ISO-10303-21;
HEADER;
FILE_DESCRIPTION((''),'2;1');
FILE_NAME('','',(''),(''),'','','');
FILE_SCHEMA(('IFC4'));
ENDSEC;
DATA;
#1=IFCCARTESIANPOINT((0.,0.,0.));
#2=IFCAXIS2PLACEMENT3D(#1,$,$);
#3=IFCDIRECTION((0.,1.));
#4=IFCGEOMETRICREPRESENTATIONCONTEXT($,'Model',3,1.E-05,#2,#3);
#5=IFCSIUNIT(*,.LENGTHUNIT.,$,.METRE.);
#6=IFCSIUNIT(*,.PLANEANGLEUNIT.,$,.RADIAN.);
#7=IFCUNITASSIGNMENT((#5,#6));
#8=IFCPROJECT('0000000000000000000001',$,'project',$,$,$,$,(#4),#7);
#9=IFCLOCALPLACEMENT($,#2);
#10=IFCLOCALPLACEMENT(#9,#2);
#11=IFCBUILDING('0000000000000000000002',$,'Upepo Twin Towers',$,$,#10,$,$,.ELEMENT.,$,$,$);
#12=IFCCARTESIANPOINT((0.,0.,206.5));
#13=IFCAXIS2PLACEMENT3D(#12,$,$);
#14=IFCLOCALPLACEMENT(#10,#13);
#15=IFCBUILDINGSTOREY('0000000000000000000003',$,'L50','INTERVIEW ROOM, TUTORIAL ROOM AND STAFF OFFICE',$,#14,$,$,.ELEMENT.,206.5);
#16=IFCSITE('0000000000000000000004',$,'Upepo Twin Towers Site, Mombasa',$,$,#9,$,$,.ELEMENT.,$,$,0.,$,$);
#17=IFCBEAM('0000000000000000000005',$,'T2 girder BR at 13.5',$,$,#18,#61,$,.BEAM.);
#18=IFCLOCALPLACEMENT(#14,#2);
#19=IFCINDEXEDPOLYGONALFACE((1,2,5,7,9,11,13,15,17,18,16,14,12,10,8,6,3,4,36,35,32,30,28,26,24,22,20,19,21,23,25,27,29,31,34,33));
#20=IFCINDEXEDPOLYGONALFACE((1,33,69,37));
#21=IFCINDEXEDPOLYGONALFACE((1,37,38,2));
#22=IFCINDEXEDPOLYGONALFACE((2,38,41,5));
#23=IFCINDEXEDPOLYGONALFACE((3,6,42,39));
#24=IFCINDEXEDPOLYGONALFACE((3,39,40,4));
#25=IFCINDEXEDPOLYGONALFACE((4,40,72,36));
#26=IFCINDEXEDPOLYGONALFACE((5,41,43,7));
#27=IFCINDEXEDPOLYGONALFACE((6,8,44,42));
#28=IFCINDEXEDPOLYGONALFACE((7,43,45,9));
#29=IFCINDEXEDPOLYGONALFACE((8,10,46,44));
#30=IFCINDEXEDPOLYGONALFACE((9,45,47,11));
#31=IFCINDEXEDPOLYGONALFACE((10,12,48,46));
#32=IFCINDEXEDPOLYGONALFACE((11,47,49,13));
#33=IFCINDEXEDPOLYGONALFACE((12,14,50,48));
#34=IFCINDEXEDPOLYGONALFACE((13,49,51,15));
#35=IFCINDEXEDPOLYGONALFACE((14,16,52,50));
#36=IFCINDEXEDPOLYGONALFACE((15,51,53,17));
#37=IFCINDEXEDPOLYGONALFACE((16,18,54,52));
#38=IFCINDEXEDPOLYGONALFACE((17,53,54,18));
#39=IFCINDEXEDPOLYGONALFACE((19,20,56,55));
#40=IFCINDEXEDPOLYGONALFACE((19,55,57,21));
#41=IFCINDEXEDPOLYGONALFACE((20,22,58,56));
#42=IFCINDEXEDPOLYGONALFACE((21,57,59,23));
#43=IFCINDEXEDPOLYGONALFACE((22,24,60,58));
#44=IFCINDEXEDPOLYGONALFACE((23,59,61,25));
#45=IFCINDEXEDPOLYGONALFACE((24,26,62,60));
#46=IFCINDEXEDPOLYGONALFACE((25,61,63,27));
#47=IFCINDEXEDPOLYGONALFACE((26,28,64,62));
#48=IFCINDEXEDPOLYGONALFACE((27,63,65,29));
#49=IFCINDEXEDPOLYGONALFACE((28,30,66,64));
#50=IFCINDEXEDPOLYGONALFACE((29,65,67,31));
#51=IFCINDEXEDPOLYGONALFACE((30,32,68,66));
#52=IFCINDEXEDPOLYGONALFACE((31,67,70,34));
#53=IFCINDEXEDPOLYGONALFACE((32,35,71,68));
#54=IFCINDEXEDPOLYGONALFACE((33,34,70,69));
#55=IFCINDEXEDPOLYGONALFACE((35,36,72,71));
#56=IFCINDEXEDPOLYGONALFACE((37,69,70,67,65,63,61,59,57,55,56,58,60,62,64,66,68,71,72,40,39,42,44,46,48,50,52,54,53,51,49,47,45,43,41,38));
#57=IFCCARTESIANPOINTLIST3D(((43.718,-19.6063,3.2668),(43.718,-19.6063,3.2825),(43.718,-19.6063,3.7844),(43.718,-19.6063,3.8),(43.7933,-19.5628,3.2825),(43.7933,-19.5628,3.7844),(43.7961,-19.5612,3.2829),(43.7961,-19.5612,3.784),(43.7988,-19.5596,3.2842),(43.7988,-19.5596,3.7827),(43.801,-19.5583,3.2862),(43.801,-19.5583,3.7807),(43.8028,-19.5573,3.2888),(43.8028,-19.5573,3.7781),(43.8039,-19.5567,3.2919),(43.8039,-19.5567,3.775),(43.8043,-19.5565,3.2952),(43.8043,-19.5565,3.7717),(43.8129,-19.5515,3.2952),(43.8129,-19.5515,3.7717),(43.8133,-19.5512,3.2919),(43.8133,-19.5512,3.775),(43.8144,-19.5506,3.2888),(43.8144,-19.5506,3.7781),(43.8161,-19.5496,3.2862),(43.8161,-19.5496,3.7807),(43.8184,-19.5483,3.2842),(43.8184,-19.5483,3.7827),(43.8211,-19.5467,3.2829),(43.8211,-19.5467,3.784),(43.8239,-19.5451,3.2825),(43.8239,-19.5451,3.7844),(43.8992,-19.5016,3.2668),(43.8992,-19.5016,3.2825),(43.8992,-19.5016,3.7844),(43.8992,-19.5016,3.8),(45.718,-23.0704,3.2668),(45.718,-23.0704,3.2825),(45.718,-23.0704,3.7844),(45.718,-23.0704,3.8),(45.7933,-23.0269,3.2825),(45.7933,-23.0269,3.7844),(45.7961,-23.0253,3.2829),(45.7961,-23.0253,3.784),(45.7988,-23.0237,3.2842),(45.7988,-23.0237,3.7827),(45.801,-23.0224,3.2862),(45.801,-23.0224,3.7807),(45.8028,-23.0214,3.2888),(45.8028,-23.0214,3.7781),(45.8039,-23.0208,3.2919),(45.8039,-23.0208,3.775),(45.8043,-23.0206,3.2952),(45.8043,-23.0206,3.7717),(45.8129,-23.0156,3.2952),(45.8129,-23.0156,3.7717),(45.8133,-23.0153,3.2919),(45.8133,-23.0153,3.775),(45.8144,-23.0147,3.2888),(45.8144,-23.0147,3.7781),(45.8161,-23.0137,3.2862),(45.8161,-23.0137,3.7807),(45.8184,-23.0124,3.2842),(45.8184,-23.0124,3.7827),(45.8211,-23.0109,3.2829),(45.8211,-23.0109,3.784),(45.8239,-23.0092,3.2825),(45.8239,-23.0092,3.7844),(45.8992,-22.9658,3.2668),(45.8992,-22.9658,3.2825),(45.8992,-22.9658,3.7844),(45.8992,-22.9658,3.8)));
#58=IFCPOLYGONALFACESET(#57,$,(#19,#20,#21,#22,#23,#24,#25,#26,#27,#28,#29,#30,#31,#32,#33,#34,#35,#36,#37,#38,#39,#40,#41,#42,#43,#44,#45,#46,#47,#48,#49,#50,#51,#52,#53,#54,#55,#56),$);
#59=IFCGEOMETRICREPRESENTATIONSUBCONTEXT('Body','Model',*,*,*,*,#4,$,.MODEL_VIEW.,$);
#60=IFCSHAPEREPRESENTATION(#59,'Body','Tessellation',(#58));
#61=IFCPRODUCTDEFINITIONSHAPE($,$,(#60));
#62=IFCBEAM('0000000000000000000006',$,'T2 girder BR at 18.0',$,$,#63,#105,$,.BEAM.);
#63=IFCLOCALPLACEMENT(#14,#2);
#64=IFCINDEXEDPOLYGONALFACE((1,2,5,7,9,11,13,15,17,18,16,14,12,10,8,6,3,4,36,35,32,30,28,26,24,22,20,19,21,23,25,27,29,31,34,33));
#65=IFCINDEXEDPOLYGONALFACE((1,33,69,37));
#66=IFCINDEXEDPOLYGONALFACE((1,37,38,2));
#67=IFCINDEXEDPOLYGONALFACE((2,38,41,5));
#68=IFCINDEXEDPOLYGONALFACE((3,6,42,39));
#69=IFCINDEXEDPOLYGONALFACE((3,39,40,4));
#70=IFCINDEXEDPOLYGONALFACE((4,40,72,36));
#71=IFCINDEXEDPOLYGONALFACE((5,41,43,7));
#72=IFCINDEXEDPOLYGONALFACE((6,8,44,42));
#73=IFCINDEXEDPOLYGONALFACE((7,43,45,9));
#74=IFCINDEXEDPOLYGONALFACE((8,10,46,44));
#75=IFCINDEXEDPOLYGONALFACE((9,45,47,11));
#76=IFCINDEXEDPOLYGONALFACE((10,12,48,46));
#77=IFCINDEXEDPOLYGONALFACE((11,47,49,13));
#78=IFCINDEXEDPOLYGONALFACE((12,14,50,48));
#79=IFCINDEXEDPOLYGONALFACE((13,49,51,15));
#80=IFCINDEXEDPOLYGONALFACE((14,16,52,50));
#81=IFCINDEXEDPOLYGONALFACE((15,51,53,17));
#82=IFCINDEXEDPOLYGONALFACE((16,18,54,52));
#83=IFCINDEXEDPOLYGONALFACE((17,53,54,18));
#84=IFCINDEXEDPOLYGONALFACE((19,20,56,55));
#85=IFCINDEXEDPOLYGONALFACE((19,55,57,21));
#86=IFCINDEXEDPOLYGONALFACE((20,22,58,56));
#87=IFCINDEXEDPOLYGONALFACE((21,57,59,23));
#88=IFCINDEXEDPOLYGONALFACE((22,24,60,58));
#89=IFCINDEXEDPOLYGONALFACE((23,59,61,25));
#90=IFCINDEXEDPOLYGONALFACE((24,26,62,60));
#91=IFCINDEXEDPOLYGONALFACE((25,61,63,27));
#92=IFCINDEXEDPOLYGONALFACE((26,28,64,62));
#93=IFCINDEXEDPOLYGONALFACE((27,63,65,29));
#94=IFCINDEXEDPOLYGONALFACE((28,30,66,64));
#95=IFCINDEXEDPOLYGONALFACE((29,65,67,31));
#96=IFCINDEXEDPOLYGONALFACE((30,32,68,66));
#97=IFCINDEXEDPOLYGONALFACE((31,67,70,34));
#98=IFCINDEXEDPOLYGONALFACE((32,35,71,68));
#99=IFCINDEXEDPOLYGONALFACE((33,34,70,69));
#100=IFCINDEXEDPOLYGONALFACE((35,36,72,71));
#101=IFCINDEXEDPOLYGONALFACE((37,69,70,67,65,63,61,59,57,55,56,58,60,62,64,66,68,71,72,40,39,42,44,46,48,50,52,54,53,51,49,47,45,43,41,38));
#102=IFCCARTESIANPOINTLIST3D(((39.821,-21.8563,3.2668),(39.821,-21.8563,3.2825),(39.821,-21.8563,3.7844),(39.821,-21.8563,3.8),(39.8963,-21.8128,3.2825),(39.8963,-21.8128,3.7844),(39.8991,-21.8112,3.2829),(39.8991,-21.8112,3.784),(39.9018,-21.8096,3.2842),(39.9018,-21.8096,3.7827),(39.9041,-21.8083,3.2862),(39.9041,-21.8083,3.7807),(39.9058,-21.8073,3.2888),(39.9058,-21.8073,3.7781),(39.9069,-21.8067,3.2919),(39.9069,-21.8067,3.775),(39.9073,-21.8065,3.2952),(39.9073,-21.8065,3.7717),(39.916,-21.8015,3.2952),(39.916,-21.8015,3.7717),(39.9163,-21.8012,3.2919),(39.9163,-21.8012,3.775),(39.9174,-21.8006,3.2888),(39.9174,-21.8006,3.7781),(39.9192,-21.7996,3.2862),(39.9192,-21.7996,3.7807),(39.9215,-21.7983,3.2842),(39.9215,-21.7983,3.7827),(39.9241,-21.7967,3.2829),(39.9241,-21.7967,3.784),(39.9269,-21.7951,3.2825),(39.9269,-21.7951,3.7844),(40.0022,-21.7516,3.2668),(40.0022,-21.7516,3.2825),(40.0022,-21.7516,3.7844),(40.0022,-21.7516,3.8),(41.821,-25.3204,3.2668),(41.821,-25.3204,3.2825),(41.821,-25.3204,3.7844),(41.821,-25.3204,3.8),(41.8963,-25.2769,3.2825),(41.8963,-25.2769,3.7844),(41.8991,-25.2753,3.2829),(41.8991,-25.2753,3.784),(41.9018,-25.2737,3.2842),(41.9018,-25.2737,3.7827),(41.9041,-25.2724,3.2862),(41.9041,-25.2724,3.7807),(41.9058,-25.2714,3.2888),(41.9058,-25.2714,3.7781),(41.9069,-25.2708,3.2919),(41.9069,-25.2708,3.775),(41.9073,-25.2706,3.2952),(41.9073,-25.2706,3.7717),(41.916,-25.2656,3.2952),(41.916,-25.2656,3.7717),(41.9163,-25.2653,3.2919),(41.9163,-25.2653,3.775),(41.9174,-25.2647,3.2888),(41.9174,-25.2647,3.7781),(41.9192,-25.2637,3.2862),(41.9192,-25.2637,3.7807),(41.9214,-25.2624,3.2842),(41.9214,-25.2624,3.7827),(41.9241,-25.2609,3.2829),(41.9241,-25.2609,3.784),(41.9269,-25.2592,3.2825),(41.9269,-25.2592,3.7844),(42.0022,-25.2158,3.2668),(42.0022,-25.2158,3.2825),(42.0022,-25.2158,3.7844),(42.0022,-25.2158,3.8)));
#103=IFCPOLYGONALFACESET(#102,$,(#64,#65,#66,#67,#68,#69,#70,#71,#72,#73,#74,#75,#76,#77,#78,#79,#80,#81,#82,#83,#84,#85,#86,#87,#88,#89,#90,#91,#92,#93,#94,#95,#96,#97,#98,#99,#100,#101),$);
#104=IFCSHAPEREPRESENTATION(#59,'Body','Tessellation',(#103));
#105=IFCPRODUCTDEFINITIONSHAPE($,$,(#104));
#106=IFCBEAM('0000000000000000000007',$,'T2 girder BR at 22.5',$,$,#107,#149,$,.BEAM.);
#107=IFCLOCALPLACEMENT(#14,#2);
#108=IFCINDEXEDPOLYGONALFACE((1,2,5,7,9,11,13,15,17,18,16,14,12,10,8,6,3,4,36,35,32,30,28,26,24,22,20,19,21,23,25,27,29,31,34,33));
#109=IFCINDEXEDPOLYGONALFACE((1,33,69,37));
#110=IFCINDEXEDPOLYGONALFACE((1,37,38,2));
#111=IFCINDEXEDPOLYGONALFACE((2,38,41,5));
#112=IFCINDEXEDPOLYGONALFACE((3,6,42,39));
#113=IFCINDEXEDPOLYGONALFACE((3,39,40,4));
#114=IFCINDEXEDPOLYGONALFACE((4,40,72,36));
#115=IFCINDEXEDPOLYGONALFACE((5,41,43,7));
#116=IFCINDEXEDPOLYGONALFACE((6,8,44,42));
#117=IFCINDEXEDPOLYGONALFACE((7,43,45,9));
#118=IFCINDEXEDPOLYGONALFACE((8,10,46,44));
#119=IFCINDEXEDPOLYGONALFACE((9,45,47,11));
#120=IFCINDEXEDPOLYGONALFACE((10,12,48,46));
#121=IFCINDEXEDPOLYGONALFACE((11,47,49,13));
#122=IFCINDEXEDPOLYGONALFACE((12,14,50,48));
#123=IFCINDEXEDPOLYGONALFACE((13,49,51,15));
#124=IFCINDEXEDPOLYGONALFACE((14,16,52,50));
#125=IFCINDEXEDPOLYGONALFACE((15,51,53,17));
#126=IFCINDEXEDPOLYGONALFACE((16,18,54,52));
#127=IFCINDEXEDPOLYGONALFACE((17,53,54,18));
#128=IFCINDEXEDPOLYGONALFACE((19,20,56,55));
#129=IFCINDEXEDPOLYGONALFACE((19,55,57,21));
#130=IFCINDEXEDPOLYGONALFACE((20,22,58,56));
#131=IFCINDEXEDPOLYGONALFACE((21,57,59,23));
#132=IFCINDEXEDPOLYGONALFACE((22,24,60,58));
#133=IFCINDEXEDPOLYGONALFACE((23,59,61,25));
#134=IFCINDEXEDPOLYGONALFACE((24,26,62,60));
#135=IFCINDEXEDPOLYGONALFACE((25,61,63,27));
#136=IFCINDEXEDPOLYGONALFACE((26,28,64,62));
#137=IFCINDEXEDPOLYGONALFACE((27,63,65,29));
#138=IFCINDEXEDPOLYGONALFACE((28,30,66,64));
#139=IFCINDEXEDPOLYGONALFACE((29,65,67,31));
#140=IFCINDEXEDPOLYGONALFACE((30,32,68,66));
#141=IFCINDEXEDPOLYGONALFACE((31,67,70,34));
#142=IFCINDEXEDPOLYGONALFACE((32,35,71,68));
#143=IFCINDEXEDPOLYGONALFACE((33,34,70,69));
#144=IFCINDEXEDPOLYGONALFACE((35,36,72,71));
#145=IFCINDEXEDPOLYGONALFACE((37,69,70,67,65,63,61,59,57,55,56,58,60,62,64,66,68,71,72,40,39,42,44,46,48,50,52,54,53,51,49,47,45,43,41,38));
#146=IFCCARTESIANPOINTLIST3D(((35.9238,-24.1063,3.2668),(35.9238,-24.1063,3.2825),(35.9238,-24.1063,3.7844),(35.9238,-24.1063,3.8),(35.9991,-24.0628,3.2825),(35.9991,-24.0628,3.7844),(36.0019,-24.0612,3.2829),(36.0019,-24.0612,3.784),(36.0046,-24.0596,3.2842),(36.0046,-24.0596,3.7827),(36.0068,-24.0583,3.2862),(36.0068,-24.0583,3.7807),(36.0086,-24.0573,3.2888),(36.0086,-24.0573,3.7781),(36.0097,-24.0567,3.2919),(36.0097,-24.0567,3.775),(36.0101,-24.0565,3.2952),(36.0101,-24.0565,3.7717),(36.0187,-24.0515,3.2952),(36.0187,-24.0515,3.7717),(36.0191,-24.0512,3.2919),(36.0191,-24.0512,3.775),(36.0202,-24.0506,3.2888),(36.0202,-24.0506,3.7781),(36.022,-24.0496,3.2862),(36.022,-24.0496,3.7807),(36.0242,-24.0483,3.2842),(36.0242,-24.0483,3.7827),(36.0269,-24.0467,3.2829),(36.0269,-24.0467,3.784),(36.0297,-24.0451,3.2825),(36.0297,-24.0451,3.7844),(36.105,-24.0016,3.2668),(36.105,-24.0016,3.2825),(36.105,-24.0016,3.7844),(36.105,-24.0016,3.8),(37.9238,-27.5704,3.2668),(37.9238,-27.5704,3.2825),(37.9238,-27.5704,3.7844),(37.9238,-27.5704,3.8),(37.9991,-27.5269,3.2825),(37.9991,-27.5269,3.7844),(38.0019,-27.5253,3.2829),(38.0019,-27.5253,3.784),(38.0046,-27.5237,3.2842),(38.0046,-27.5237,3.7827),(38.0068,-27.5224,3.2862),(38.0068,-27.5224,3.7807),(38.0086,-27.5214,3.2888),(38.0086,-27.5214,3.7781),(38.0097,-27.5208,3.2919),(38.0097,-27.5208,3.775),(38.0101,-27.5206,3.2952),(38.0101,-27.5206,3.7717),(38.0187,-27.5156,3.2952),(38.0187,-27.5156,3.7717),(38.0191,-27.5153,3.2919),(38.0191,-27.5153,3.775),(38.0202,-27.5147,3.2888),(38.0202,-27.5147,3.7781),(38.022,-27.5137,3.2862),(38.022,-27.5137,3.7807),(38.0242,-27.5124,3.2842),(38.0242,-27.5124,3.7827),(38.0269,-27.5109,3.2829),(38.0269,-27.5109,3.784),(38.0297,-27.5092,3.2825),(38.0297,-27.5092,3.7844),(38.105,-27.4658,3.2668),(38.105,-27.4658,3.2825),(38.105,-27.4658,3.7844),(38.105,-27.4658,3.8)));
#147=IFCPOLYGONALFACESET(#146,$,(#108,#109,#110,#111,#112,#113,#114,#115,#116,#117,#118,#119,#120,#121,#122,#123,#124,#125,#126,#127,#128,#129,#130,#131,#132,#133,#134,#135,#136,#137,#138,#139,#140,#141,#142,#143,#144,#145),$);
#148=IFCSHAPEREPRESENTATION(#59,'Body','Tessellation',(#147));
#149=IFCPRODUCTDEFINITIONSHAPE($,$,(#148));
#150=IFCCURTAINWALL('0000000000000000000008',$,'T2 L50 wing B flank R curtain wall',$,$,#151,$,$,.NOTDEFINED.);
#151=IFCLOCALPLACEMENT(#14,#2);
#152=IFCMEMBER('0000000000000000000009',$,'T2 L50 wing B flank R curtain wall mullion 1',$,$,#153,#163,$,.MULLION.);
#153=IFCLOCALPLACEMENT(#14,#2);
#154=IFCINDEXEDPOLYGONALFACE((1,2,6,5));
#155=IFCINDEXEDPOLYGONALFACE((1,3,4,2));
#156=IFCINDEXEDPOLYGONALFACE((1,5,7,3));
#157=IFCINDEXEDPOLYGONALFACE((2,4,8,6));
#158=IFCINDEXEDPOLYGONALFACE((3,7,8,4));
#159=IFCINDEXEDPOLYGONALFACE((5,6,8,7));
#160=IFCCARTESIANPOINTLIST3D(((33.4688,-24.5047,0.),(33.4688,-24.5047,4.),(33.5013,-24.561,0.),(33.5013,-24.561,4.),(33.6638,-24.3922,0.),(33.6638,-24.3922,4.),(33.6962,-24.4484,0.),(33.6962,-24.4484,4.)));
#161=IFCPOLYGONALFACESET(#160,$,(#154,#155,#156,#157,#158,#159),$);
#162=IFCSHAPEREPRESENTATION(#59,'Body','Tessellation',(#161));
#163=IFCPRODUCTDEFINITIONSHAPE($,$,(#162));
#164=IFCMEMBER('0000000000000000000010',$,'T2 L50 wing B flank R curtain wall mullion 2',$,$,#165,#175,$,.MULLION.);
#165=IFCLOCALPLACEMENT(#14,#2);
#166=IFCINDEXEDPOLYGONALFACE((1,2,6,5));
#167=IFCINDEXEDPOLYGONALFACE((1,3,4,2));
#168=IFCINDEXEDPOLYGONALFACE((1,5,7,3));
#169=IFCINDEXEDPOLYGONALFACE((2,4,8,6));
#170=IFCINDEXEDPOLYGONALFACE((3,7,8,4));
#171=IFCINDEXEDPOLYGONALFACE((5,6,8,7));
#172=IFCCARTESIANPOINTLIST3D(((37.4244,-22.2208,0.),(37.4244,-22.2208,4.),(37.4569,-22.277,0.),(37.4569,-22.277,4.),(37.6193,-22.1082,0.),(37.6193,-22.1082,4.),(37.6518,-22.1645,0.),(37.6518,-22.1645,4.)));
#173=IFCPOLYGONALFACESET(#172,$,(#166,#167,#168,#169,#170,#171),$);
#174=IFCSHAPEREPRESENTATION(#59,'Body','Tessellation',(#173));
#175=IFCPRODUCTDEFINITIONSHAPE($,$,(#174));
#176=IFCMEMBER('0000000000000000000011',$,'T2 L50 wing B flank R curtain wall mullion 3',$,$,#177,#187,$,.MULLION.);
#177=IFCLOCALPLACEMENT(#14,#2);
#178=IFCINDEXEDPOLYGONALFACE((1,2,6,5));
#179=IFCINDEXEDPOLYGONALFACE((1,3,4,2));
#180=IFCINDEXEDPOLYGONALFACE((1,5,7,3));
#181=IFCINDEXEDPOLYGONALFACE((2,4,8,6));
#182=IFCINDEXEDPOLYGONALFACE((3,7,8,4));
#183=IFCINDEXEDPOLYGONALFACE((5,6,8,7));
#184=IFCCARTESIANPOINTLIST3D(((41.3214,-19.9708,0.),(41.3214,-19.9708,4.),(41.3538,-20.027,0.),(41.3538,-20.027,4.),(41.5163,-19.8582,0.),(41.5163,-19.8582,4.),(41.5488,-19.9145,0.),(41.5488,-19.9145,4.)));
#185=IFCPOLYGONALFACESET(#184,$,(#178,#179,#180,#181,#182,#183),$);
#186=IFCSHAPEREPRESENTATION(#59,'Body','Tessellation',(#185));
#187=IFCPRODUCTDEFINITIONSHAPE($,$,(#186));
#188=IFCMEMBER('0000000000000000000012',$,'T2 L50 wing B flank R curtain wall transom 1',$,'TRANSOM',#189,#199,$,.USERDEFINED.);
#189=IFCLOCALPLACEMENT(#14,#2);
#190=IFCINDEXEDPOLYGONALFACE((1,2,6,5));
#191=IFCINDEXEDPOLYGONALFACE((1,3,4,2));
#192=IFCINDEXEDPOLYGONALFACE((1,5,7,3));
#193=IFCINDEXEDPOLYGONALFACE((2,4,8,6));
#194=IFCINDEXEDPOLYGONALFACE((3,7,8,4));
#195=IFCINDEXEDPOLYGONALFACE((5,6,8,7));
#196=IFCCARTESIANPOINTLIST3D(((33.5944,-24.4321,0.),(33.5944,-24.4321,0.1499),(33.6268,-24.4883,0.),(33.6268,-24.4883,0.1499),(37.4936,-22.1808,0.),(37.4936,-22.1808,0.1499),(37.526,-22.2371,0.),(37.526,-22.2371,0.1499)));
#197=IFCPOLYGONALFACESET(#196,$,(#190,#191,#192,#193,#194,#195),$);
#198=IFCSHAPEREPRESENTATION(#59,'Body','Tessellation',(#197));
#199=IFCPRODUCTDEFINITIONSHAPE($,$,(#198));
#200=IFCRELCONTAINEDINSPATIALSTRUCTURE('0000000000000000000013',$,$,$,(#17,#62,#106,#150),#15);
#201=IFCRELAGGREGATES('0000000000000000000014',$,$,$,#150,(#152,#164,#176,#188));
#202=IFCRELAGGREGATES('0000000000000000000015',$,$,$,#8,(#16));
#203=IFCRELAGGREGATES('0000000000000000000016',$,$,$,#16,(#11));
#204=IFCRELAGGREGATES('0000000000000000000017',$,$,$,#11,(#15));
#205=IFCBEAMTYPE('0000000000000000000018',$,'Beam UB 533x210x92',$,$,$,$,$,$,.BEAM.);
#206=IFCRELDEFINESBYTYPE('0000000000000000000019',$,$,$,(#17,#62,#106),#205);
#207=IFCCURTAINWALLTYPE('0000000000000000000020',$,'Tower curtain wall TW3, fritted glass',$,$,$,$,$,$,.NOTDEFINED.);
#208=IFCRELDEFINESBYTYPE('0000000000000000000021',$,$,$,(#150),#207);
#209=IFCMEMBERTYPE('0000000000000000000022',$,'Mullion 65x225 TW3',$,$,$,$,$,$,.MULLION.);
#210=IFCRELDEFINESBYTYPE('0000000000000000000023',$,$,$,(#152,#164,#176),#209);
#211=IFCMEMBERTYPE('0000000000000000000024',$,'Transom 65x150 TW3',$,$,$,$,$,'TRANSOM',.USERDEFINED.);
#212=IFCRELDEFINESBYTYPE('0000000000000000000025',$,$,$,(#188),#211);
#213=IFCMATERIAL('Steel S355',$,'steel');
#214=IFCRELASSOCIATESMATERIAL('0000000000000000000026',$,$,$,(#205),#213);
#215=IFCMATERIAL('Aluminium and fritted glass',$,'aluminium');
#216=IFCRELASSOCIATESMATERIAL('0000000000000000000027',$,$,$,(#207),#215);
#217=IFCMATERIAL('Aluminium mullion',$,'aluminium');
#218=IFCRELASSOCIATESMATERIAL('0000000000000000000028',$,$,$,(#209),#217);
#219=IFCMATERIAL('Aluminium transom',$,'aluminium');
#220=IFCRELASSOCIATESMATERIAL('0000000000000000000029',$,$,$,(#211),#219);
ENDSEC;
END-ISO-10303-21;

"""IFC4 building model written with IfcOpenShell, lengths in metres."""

from ifc_helpers import new_model, si_unit, direction, frame, origin, origin_2d, place, context, subcontext, project, spatial, rectangle, i_section, extrude, material, material_profile, profile_set, type_object, element, aggregate, save


model = new_model("IFC4")

# Units and contexts
model_context = context("Model", 3, precision=1e-05, world=origin(), true_north=direction((0.0, 1.0)))
body_context = subcontext(model_context, "Body", "Model", "MODEL_VIEW")
ifc_project = project(units=[si_unit("LENGTHUNIT", "METRE"), si_unit("PLANEANGLEUNIT", "RADIAN")], contexts=[model_context])

# Site, building, storey
site_placement = place(None, origin())
site = spatial("IfcSite", under=ifc_project, at=site_placement, Name="Upepo Twin Towers Site, Mombasa", CompositionType="ELEMENT", RefElevation=0.0)
building_placement = place(site_placement, origin())
building = spatial("IfcBuilding", under=site, at=building_placement, Name="Upepo Twin Towers", CompositionType="ELEMENT")
storey_placement = place(building_placement, frame((0.0, 0.0, 206.5)))
storey = spatial("IfcBuildingStorey", under=building, at=storey_placement, Name="L50", Description="INTERVIEW ROOM, TUTORIAL ROOM AND STAFF OFFICE", CompositionType="ELEMENT", Elevation=206.5)

# Beams
ifc_material_1 = material(Name="Steel S355", Category="steel")
ifc_material_profile_1 = material_profile(ifc_material_1, i_section(OverallWidth=0.2092, OverallDepth=0.5332, WebThickness=0.01, FlangeThickness=0.0156, FilletRadius=0.0127, at=origin_2d()), Name="UB 533x210x92")
ifc_profile_set_1 = profile_set([ifc_material_profile_1], Name="Steel S355")
beam_type_1 = type_object("IfcBeamType", Name="Beam UB 533x210x92", PredefinedType="BEAM", material=ifc_profile_set_1)
for number, where, z_axis, x_axis, name in (
    (1, (43.8086, -19.554, 3.5334), (0.499999, -0.866026, 0.0), (0.866026, 0.499999, 0.0), "T2 girder BR at 13.5"),
    (2, (39.9116, -21.804, 3.5334), (0.499999, -0.866026, 0.0), (0.866026, 0.499999, 0.0), "T2 girder BR at 18.0"),
    (3, (36.0144, -24.054, 3.5334), (0.499999, -0.866026, 0.0), (0.866026, 0.499999, 0.0), "T2 girder BR at 22.5"),
):
    element("IfcBeam", number, at=place(storey_placement, frame(where, z_axis=z_axis, x_axis=x_axis)), inside=storey, type_object=beam_type_1, Name=name, PredefinedType="BEAM", context=body_context, shape_type="SweptSolid", body=[
        extrude(i_section(OverallWidth=0.2092, OverallDepth=0.5332, WebThickness=0.01, FlangeThickness=0.0156, FilletRadius=0.0127, at=origin_2d()), origin(), (0.0, 0.0, 1.0), 4.0),
    ])

# Curtain wall, members
ifc_material_2 = material(Name="Aluminium and fritted glass", Category="aluminium")
curtain_wall_type = type_object("IfcCurtainWallType", Name="Tower curtain wall TW3, fritted glass", PredefinedType="NOTDEFINED", material=ifc_material_2)
curtain_wall_placement = place(storey_placement, origin())
curtain_wall = element("IfcCurtainWall", 4, at=curtain_wall_placement, inside=storey, type_object=curtain_wall_type, Name="T2 L50 wing B flank R curtain wall", PredefinedType="NOTDEFINED")
ifc_material_3 = material(Name="Aluminium mullion", Category="aluminium")
ifc_material_profile_2 = material_profile(ifc_material_3, rectangle(XDim=0.0649, YDim=0.2251, at=origin_2d()), Name="MULLION 65x225")
ifc_profile_set_2 = profile_set([ifc_material_profile_2], Name="Aluminium mullion")
member_type_1 = type_object("IfcMemberType", Name="Mullion 65x225 TW3", PredefinedType="MULLION", material=ifc_profile_set_2)
member_1_placement = place(storey_placement, frame((33.5825, -24.4766, 0.0), z_axis=(0.0, 0.0, 1.0), x_axis=(-0.5, 0.866025, 0.0)))
member_1 = element("IfcMember", 5, at=member_1_placement, type_object=member_type_1, Name="T2 L50 wing B flank R curtain wall mullion 1", PredefinedType="MULLION", context=body_context, shape_type="SweptSolid", body=[
    extrude(rectangle(XDim=0.0649, YDim=0.2251, at=origin_2d()), origin(), (0.0, 0.0, 1.0), 4.0),
])
member_2_placement = place(storey_placement, frame((37.5381, -22.1926, 0.0), z_axis=(0.0, 0.0, 1.0), x_axis=(-0.5, 0.866025, 0.0)))
member_2 = element("IfcMember", 6, at=member_2_placement, type_object=member_type_1, Name="T2 L50 wing B flank R curtain wall mullion 2", PredefinedType="MULLION", context=body_context, shape_type="SweptSolid", body=[
    extrude(rectangle(XDim=0.0649, YDim=0.2251, at=origin_2d()), origin(), (0.0, 0.0, 1.0), 4.0),
])
member_3_placement = place(storey_placement, frame((41.4351, -19.9426, 0.0), z_axis=(0.0, 0.0, 1.0), x_axis=(-0.5, 0.866025, 0.0)))
member_3 = element("IfcMember", 7, at=member_3_placement, type_object=member_type_1, Name="T2 L50 wing B flank R curtain wall mullion 3", PredefinedType="MULLION", context=body_context, shape_type="SweptSolid", body=[
    extrude(rectangle(XDim=0.0649, YDim=0.2251, at=origin_2d()), origin(), (0.0, 0.0, 1.0), 4.0),
])
ifc_material_4 = material(Name="Aluminium transom", Category="aluminium")
ifc_material_profile_3 = material_profile(ifc_material_4, rectangle(XDim=0.0649, YDim=0.1499, at=origin_2d()), Name="TRANSOM 65x150")
ifc_profile_set_3 = profile_set([ifc_material_profile_3], Name="Aluminium transom")
member_type_2 = type_object("IfcMemberType", Name="Transom 65x150 TW3", ElementType="TRANSOM", PredefinedType="USERDEFINED", material=ifc_profile_set_3)
member_4_placement = place(storey_placement, frame((33.6106, -24.4602, 0.075), z_axis=(0.866022, 0.500006, 0.0), x_axis=(-0.500006, 0.866022, 0.0)))
member_4 = element("IfcMember", 8, at=member_4_placement, type_object=member_type_2, Name="T2 L50 wing B flank R curtain wall transom 1", ObjectType="TRANSOM", PredefinedType="USERDEFINED", context=body_context, shape_type="SweptSolid", body=[
    extrude(rectangle(XDim=0.0649, YDim=0.1499, at=origin_2d()), origin(), (0.0, 0.0, 1.0), 4.5024),
])
aggregate(curtain_wall, [member_1, member_2, member_3, member_4])

save(model, "model.ifc")
